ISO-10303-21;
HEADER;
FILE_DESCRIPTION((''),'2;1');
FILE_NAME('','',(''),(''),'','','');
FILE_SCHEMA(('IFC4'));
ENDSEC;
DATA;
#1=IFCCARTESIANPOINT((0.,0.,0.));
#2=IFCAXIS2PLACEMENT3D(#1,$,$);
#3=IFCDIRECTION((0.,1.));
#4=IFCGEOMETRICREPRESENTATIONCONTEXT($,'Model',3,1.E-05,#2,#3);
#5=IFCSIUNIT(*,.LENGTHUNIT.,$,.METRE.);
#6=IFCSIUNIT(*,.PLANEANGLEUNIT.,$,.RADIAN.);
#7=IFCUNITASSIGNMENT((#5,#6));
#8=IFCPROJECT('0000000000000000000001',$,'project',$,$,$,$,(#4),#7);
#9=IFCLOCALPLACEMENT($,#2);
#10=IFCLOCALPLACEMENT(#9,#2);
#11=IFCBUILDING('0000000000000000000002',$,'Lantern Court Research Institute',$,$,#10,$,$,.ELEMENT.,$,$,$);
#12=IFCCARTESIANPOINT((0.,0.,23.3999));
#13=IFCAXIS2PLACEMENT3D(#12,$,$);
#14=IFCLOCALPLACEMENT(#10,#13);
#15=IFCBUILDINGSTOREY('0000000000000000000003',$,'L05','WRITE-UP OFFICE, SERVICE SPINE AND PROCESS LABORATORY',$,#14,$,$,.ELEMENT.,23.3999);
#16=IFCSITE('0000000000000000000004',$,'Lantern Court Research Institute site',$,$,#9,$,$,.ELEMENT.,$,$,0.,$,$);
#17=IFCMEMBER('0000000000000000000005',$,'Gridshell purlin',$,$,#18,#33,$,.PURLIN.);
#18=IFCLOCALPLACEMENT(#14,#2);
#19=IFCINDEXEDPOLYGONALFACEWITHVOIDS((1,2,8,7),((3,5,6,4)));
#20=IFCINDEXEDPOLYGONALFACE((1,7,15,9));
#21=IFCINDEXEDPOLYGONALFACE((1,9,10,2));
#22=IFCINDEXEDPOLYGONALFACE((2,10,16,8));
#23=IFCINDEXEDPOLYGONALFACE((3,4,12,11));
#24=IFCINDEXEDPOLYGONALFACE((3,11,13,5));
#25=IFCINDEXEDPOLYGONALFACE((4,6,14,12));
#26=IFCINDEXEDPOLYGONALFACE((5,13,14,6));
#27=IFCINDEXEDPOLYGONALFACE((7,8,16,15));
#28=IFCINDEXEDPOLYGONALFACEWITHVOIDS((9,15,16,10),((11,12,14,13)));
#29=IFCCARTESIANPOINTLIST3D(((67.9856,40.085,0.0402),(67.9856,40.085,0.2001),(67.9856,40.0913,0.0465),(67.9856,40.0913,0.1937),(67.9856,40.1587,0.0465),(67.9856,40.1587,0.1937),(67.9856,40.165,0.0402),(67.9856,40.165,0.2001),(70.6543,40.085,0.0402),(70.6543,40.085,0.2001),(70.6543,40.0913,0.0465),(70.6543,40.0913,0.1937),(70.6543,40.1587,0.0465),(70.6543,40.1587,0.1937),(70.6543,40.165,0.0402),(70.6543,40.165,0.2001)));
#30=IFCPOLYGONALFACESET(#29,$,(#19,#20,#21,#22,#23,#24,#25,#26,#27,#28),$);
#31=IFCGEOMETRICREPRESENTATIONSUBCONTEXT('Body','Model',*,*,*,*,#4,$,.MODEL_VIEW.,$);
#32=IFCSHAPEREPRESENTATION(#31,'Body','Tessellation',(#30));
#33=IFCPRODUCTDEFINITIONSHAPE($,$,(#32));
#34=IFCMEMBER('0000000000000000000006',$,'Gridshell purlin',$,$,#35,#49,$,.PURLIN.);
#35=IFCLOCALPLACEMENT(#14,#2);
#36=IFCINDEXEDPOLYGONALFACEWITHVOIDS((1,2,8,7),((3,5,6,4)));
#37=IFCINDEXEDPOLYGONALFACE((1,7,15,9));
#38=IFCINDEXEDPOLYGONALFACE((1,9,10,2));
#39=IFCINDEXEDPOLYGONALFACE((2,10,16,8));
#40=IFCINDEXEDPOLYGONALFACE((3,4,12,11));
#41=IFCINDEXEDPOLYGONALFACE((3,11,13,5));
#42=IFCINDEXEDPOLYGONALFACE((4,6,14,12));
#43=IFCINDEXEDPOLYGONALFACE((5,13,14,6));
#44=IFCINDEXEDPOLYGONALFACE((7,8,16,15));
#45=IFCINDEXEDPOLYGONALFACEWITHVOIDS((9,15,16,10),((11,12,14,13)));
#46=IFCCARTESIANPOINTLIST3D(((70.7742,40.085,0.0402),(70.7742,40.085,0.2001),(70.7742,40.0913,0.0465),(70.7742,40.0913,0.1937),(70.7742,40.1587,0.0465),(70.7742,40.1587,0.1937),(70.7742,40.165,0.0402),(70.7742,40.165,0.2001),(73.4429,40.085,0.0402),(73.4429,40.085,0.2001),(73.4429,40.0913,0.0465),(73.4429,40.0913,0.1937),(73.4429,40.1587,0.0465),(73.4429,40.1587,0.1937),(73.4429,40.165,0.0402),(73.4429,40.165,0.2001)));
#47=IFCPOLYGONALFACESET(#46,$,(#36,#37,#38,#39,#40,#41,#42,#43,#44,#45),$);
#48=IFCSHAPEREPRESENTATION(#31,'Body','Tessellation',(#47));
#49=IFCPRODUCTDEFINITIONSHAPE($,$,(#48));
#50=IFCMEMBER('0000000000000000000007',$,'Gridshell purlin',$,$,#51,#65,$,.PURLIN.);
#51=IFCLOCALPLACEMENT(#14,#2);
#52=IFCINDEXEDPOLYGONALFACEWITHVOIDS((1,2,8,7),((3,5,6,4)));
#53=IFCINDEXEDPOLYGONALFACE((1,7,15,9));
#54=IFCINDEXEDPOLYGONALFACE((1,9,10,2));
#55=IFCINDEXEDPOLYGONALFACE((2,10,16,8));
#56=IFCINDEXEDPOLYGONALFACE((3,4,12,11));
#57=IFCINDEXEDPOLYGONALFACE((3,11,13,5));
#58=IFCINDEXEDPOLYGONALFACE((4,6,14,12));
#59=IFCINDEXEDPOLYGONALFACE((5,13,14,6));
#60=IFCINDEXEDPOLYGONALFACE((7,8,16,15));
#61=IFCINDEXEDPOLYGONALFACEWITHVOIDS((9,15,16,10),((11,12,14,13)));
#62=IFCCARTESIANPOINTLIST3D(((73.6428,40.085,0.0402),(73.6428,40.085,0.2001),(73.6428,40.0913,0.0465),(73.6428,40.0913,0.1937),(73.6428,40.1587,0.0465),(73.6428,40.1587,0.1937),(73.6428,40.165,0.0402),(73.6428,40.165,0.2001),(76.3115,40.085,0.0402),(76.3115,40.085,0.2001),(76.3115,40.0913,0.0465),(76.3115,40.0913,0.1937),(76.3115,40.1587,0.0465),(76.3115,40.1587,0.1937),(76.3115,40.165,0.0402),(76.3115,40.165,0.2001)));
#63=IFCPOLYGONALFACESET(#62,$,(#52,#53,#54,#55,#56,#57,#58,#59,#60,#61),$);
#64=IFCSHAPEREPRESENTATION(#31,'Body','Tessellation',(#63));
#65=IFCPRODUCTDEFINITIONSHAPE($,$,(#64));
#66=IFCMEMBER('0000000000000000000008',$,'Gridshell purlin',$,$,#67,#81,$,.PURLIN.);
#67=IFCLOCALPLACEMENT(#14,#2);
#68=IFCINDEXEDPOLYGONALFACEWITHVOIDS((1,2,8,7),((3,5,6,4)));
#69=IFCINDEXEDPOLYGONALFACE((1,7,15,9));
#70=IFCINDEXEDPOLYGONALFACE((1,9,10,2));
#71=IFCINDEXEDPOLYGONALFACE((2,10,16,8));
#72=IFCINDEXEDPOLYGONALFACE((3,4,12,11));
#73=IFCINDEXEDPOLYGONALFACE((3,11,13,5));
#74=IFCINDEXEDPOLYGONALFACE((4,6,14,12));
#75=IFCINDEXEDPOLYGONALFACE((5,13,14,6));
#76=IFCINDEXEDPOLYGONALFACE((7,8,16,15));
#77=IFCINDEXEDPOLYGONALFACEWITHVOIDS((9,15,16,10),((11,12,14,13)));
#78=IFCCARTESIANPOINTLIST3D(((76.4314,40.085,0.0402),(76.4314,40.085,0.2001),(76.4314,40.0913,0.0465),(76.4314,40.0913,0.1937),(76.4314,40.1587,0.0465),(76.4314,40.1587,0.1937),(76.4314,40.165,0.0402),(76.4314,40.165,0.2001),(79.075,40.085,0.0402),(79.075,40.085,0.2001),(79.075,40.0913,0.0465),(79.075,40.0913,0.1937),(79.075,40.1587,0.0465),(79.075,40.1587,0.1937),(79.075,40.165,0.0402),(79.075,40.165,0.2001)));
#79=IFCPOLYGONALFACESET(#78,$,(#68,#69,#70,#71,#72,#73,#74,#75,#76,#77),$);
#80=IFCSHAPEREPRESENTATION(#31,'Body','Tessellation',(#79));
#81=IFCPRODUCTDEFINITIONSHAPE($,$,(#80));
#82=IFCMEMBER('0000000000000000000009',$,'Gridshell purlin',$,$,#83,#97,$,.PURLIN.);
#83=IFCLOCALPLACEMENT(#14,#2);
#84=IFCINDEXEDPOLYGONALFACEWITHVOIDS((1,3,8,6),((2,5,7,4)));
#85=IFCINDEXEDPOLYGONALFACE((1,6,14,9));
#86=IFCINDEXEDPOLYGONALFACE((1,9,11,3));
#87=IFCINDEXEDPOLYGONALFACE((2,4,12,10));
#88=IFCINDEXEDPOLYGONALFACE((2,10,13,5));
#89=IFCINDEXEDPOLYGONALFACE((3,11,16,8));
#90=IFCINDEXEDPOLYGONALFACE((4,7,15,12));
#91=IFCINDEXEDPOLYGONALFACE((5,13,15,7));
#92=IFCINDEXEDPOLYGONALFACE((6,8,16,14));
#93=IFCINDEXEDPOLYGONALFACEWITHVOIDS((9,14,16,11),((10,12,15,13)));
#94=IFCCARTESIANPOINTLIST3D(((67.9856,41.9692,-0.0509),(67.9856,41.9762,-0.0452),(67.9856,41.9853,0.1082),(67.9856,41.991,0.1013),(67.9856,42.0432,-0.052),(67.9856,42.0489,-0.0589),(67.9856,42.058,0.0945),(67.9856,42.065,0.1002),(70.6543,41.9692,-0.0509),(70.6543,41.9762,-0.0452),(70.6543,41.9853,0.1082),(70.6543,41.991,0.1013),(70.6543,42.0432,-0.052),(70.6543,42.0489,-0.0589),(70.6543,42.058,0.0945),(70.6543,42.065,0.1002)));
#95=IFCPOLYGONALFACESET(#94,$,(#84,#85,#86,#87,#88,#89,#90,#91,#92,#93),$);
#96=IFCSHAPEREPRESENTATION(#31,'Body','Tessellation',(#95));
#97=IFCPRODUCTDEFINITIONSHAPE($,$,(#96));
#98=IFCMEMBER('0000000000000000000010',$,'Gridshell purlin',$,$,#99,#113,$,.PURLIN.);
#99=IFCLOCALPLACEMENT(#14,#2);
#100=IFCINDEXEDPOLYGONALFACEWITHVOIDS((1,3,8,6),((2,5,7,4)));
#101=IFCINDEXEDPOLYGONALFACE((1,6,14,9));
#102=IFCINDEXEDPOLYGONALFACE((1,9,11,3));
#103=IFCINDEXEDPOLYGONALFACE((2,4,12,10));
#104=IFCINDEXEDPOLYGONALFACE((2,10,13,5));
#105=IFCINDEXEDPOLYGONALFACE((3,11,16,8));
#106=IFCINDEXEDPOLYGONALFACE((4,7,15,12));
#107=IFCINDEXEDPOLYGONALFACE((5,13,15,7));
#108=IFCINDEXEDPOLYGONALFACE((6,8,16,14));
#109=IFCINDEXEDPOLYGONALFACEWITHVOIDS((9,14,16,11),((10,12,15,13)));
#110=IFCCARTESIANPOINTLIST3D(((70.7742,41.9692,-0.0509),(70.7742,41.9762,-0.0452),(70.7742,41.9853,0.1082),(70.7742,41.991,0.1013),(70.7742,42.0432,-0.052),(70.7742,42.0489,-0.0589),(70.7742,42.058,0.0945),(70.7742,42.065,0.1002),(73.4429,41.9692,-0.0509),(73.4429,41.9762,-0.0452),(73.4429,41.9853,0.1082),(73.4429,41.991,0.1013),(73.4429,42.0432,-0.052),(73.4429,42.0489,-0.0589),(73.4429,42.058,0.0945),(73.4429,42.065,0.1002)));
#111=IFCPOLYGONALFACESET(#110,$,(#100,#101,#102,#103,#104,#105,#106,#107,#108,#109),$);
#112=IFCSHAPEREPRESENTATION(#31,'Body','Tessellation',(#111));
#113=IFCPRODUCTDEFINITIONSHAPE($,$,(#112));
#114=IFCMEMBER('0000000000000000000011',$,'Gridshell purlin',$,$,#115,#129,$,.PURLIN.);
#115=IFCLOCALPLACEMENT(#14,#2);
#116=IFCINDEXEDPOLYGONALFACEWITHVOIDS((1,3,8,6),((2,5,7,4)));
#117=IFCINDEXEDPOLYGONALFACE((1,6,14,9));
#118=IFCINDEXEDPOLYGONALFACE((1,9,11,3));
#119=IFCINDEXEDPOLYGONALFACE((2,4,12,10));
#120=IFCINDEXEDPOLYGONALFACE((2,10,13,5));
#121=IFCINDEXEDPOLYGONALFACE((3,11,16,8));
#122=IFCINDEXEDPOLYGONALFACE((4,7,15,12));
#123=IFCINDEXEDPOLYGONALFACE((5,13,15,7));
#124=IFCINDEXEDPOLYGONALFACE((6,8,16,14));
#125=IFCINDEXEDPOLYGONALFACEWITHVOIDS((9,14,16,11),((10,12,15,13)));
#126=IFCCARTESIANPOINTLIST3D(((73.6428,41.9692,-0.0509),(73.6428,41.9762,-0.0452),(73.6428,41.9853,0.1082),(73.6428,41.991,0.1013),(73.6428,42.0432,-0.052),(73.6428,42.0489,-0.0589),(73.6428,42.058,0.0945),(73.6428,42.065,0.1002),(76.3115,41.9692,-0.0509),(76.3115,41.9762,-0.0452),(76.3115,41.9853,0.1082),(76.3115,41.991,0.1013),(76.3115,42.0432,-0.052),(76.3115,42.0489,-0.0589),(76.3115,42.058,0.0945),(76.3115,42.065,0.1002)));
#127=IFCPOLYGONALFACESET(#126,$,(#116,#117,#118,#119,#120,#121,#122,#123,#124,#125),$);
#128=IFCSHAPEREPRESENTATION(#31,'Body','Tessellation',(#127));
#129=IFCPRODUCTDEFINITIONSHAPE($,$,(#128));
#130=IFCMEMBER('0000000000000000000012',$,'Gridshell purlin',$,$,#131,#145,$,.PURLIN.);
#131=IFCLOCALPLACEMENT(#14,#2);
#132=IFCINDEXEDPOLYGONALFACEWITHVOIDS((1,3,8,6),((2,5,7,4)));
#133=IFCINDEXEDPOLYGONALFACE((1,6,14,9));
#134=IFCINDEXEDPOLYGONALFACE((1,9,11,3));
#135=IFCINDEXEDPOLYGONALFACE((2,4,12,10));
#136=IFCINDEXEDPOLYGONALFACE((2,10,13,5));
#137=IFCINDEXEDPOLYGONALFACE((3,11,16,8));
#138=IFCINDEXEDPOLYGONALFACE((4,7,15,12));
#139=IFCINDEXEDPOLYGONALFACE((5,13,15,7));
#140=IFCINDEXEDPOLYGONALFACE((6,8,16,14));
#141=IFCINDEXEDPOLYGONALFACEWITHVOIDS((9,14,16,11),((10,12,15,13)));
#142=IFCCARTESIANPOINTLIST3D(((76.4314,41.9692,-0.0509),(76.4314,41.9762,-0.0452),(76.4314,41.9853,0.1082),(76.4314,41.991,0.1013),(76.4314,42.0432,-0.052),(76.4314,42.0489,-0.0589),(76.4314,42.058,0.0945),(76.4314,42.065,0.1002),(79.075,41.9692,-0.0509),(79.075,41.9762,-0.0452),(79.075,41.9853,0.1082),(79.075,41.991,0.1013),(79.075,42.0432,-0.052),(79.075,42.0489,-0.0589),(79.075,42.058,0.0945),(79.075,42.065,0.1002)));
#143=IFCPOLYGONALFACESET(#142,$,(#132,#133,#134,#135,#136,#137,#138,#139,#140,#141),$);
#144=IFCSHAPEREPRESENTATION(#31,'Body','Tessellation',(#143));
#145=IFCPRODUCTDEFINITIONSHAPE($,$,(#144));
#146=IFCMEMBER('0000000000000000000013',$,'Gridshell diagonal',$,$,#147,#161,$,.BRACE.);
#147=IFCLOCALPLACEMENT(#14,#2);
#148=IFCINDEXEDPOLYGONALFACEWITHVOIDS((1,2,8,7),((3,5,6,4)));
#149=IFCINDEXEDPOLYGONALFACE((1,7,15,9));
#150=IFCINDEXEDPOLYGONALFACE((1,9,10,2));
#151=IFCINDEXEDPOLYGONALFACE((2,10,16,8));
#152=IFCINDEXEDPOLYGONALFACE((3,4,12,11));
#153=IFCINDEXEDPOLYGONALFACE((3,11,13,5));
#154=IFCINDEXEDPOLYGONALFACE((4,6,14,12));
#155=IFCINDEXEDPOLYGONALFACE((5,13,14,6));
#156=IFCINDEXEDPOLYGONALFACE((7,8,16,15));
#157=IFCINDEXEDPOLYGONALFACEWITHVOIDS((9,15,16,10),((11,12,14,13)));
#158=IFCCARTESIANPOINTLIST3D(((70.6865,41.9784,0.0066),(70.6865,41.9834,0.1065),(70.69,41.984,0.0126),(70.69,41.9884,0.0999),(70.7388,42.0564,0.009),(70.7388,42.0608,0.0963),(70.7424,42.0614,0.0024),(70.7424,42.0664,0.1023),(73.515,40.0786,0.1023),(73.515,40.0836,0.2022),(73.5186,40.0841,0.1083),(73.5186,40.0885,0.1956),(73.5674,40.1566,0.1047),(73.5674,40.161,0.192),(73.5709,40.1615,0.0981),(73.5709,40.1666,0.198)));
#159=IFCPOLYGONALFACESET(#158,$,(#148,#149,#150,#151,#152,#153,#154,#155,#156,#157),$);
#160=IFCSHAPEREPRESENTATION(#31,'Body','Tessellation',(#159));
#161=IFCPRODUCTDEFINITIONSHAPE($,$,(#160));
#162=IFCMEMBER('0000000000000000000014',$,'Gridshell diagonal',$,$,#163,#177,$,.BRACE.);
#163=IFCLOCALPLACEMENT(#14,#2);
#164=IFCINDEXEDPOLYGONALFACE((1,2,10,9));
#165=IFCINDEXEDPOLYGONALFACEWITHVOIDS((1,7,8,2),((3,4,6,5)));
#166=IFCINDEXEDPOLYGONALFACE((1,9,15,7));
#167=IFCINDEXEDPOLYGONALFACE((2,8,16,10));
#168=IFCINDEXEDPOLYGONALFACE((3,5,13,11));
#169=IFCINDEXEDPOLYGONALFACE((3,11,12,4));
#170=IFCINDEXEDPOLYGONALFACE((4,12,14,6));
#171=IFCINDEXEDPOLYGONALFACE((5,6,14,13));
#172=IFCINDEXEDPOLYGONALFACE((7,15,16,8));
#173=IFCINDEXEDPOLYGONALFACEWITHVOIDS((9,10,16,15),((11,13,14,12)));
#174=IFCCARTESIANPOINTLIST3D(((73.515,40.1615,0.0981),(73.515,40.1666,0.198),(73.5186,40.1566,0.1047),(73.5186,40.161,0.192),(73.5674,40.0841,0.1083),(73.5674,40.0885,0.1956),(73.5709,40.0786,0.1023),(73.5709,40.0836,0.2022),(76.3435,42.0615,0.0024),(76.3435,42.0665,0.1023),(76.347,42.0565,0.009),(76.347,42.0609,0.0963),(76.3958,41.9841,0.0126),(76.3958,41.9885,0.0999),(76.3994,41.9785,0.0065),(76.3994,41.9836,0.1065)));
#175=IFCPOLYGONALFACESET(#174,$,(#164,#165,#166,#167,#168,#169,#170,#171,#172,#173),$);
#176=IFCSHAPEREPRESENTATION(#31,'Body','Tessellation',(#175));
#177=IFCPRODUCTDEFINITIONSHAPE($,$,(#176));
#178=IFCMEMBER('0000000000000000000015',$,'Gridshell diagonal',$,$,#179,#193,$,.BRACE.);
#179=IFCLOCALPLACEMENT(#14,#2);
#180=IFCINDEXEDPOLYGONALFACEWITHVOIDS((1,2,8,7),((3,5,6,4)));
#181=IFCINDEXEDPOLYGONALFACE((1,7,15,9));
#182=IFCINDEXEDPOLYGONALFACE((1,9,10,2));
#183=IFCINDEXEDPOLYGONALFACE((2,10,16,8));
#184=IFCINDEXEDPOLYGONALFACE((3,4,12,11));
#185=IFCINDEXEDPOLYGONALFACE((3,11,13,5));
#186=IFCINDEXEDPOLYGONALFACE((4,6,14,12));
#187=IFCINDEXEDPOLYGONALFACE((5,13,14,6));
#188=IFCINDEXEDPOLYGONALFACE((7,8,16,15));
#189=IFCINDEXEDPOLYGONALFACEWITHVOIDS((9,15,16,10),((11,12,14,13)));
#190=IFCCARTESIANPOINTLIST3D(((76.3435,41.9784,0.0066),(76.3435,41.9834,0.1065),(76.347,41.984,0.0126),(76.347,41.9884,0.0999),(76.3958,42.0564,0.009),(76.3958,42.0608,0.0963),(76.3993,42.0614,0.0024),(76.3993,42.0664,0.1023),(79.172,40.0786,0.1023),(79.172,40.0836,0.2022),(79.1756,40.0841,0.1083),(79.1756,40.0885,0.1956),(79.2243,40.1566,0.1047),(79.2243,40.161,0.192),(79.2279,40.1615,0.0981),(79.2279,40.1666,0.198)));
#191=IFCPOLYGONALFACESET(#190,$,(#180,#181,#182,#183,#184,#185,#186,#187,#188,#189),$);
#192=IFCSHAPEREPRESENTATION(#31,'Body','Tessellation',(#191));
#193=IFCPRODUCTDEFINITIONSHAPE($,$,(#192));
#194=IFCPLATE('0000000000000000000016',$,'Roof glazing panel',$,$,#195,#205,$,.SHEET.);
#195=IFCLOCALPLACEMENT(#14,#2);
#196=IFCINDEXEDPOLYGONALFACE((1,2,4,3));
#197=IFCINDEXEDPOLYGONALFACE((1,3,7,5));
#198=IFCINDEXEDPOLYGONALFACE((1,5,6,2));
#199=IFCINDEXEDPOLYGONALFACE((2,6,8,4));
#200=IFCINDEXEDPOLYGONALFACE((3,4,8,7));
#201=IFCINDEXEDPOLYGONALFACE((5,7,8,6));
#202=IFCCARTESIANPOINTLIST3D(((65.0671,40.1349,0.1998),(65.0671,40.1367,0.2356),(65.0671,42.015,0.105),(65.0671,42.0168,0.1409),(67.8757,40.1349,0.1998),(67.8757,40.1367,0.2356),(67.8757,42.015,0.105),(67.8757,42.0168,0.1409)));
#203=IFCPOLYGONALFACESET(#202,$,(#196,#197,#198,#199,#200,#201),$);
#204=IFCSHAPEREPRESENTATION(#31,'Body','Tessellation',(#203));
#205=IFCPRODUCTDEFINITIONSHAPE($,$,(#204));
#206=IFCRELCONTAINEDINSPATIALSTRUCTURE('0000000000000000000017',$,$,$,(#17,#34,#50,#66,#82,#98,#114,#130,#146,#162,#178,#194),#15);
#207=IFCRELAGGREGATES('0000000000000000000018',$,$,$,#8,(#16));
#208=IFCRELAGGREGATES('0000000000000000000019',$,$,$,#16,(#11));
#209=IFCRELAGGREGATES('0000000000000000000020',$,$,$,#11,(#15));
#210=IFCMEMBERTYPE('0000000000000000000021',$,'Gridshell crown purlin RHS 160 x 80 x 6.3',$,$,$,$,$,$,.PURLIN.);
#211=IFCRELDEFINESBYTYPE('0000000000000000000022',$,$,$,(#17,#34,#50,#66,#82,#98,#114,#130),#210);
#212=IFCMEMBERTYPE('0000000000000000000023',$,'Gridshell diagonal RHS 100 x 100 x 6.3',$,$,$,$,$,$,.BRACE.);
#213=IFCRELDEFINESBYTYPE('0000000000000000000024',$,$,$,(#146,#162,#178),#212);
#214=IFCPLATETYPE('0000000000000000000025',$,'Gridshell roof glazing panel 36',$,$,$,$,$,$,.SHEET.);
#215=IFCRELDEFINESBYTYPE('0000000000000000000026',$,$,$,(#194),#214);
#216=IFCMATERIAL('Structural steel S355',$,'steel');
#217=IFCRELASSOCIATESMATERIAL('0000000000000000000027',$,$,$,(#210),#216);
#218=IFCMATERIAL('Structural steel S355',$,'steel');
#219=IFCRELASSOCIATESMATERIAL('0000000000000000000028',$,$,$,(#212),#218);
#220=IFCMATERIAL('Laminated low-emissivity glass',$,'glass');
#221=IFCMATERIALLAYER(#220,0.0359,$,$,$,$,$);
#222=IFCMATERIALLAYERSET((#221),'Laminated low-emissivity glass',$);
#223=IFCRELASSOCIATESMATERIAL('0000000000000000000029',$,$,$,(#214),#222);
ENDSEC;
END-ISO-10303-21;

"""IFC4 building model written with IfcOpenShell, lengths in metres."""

from ifc_helpers import new_model, si_unit, direction, frame, origin, origin_2d, place, context, subcontext, project, spatial, polyline, hollow_rectangle, outline, extrude, material, layer, layer_set, material_profile, profile_set, type_object, element, save


model = new_model("IFC4")

# Units and contexts
model_context = context("Model", 3, precision=1e-05, world=origin(), true_north=direction((0.0, 1.0)))
body_context = subcontext(model_context, "Body", "Model", "MODEL_VIEW")
ifc_project = project(units=[si_unit("LENGTHUNIT", "METRE"), si_unit("PLANEANGLEUNIT", "RADIAN")], contexts=[model_context])

# Site, building, storey
site_placement = place(None, origin())
site = spatial("IfcSite", under=ifc_project, at=site_placement, Name="Lantern Court Research Institute site", CompositionType="ELEMENT", RefElevation=0.0)
building_placement = place(site_placement, origin())
building = spatial("IfcBuilding", under=site, at=building_placement, Name="Lantern Court Research Institute", CompositionType="ELEMENT")
storey_placement = place(building_placement, frame((0.0, 0.0, 23.3999)))
storey = spatial("IfcBuildingStorey", under=building, at=storey_placement, Name="L05", Description="WRITE-UP OFFICE, SERVICE SPINE AND PROCESS LABORATORY", CompositionType="ELEMENT", Elevation=23.3999)

# Members
ifc_material_1 = material(Name="Structural steel S355", Category="steel")
ifc_material_profile_1 = material_profile(ifc_material_1, hollow_rectangle(XDim=0.0801, YDim=0.1599, WallThickness=0.0063, at=origin_2d()), Name="Gridshell crown purlin RHS 160 x 80 x 6.3")
ifc_profile_set_1 = profile_set([ifc_material_profile_1], Name="Structural steel S355")
member_type_1 = type_object("IfcMemberType", Name="Gridshell crown purlin RHS 160 x 80 x 6.3", PredefinedType="PURLIN", material=ifc_profile_set_1)
for number, where, z_axis, x_axis, name in (
    (1, (67.9856, 40.125, 0.1201), (1.0, 0.0, 0.0), (0.0, 1.0, 0.0), "Gridshell purlin"),
    (2, (70.7742, 40.125, 0.1201), (1.0, 0.0, 0.0), (0.0, 1.0, 0.0), "Gridshell purlin"),
    (3, (73.6428, 40.125, 0.1201), (1.0, 0.0, 0.0), (0.0, 1.0, 0.0), "Gridshell purlin"),
):
    element("IfcMember", number, at=place(storey_placement, frame(where, z_axis=z_axis, x_axis=x_axis)), inside=storey, type_object=member_type_1, Name=name, PredefinedType="PURLIN", context=body_context, shape_type="SweptSolid", body=[
        extrude(hollow_rectangle(XDim=0.0801, YDim=0.1599, WallThickness=0.0063, at=origin_2d()), origin(), (0.0, 0.0, 1.0), 2.6687),
    ])
member_1_placement = place(storey_placement, frame((76.4314, 40.125, 0.1201), z_axis=(1.0, 0.0, 0.0), x_axis=(0.0, 1.0, 0.0)))
element("IfcMember", 4, at=member_1_placement, inside=storey, type_object=member_type_1, Name="Gridshell purlin", PredefinedType="PURLIN", context=body_context, shape_type="SweptSolid", body=[
    extrude(hollow_rectangle(XDim=0.0801, YDim=0.1599, WallThickness=0.0063, at=origin_2d()), origin(), (0.0, 0.0, 1.0), 2.6436),
])
for number, where, z_axis, x_axis, name in (
    (5, (67.9856, 42.0171, 0.0247), (1.0, 0.0, 0.0), (0.0, 0.994934, -0.100531), "Gridshell purlin"),
    (6, (70.7742, 42.0171, 0.0247), (1.0, 0.0, 0.0), (0.0, 0.994934, -0.100531), "Gridshell purlin"),
    (7, (73.6428, 42.0171, 0.0247), (1.0, 0.0, 0.0), (0.0, 0.994934, -0.100531), "Gridshell purlin"),
):
    element("IfcMember", number, at=place(storey_placement, frame(where, z_axis=z_axis, x_axis=x_axis)), inside=storey, type_object=member_type_1, Name=name, PredefinedType="PURLIN", context=body_context, shape_type="SweptSolid", body=[
        extrude(hollow_rectangle(XDim=0.0801, YDim=0.1599, WallThickness=0.0063, at=origin_2d()), origin(), (0.0, 0.0, 1.0), 2.6687),
    ])
member_2_placement = place(storey_placement, frame((76.4314, 42.0171, 0.0247), z_axis=(1.0, 0.0, 0.0), x_axis=(0.0, 0.994934, -0.100531)))
element("IfcMember", 8, at=member_2_placement, inside=storey, type_object=member_type_1, Name="Gridshell purlin", PredefinedType="PURLIN", context=body_context, shape_type="SweptSolid", body=[
    extrude(hollow_rectangle(XDim=0.0801, YDim=0.1599, WallThickness=0.0063, at=origin_2d()), origin(), (0.0, 0.0, 1.0), 2.6436),
])
ifc_material_2 = material(Name="Structural steel S355", Category="steel")
ifc_material_profile_2 = material_profile(ifc_material_2, hollow_rectangle(XDim=0.1001, YDim=0.1001, WallThickness=0.0063, at=origin_2d()), Name="Gridshell diagonal RHS 100 x 100 x 6.3")
ifc_profile_set_2 = profile_set([ifc_material_profile_2], Name="Structural steel S355")
member_type_2 = type_object("IfcMemberType", Name="Gridshell diagonal RHS 100 x 100 x 6.3", PredefinedType="BRACE", material=ifc_profile_set_2)
for number, where, z_axis, x_axis, name in (
    (9, (73.543, 40.1226, 0.1501), (-0.8298, 0.557354, -0.028075), (-0.558061, -0.828749, 0.041762), "Gridshell diagonal"),
    (10, (73.543, 40.1226, 0.1501), (0.829778, 0.557387, -0.028077), (-0.558094, 0.828726, -0.041762), "Gridshell diagonal"),
    (11, (79.2, 40.1226, 0.1501), (-0.8298, 0.557354, -0.028075), (-0.558061, -0.828749, 0.041762), "Gridshell diagonal"),
):
    element("IfcMember", number, at=place(storey_placement, frame(where, z_axis=z_axis, x_axis=x_axis)), inside=storey, type_object=member_type_2, Name=name, PredefinedType="BRACE", context=body_context, shape_type="SweptSolid", body=[
        extrude(hollow_rectangle(XDim=0.1001, YDim=0.1001, WallThickness=0.0063, at=origin_2d()), origin(), (0.0, 0.0, 1.0), 3.4087),
    ])

# Plate
ifc_material_3 = material(Name="Laminated low-emissivity glass", Category="glass")
ifc_layer = layer(ifc_material_3, 0.0359)
ifc_layer_set = layer_set([ifc_layer], Name="Laminated low-emissivity glass")
plate_type = type_object("IfcPlateType", Name="Gridshell roof glazing panel 36", PredefinedType="SHEET", material=ifc_layer_set)
for number, where, z_axis, x_axis, name in (
    (12, (67.8757, 40.1367, 0.2356), (0.0, 0.050319, 0.998733), (-1.0, 0.0, 0.0), "Roof glazing panel"),
):
    element("IfcPlate", number, at=place(storey_placement, frame(where, z_axis=z_axis, x_axis=x_axis)), inside=storey, type_object=plate_type, Name=name, PredefinedType="SHEET", context=body_context, shape_type="SweptSolid", body=[
        extrude(outline(polyline([(0.0, 0.0), (2.8086, 0.0), (2.8086, -1.8825), (0.0, -1.8825), (0.0, 0.0)])), origin(), (0.0, 0.0, -1.0), 0.0359),
    ])

save(model, "model.ifc")
